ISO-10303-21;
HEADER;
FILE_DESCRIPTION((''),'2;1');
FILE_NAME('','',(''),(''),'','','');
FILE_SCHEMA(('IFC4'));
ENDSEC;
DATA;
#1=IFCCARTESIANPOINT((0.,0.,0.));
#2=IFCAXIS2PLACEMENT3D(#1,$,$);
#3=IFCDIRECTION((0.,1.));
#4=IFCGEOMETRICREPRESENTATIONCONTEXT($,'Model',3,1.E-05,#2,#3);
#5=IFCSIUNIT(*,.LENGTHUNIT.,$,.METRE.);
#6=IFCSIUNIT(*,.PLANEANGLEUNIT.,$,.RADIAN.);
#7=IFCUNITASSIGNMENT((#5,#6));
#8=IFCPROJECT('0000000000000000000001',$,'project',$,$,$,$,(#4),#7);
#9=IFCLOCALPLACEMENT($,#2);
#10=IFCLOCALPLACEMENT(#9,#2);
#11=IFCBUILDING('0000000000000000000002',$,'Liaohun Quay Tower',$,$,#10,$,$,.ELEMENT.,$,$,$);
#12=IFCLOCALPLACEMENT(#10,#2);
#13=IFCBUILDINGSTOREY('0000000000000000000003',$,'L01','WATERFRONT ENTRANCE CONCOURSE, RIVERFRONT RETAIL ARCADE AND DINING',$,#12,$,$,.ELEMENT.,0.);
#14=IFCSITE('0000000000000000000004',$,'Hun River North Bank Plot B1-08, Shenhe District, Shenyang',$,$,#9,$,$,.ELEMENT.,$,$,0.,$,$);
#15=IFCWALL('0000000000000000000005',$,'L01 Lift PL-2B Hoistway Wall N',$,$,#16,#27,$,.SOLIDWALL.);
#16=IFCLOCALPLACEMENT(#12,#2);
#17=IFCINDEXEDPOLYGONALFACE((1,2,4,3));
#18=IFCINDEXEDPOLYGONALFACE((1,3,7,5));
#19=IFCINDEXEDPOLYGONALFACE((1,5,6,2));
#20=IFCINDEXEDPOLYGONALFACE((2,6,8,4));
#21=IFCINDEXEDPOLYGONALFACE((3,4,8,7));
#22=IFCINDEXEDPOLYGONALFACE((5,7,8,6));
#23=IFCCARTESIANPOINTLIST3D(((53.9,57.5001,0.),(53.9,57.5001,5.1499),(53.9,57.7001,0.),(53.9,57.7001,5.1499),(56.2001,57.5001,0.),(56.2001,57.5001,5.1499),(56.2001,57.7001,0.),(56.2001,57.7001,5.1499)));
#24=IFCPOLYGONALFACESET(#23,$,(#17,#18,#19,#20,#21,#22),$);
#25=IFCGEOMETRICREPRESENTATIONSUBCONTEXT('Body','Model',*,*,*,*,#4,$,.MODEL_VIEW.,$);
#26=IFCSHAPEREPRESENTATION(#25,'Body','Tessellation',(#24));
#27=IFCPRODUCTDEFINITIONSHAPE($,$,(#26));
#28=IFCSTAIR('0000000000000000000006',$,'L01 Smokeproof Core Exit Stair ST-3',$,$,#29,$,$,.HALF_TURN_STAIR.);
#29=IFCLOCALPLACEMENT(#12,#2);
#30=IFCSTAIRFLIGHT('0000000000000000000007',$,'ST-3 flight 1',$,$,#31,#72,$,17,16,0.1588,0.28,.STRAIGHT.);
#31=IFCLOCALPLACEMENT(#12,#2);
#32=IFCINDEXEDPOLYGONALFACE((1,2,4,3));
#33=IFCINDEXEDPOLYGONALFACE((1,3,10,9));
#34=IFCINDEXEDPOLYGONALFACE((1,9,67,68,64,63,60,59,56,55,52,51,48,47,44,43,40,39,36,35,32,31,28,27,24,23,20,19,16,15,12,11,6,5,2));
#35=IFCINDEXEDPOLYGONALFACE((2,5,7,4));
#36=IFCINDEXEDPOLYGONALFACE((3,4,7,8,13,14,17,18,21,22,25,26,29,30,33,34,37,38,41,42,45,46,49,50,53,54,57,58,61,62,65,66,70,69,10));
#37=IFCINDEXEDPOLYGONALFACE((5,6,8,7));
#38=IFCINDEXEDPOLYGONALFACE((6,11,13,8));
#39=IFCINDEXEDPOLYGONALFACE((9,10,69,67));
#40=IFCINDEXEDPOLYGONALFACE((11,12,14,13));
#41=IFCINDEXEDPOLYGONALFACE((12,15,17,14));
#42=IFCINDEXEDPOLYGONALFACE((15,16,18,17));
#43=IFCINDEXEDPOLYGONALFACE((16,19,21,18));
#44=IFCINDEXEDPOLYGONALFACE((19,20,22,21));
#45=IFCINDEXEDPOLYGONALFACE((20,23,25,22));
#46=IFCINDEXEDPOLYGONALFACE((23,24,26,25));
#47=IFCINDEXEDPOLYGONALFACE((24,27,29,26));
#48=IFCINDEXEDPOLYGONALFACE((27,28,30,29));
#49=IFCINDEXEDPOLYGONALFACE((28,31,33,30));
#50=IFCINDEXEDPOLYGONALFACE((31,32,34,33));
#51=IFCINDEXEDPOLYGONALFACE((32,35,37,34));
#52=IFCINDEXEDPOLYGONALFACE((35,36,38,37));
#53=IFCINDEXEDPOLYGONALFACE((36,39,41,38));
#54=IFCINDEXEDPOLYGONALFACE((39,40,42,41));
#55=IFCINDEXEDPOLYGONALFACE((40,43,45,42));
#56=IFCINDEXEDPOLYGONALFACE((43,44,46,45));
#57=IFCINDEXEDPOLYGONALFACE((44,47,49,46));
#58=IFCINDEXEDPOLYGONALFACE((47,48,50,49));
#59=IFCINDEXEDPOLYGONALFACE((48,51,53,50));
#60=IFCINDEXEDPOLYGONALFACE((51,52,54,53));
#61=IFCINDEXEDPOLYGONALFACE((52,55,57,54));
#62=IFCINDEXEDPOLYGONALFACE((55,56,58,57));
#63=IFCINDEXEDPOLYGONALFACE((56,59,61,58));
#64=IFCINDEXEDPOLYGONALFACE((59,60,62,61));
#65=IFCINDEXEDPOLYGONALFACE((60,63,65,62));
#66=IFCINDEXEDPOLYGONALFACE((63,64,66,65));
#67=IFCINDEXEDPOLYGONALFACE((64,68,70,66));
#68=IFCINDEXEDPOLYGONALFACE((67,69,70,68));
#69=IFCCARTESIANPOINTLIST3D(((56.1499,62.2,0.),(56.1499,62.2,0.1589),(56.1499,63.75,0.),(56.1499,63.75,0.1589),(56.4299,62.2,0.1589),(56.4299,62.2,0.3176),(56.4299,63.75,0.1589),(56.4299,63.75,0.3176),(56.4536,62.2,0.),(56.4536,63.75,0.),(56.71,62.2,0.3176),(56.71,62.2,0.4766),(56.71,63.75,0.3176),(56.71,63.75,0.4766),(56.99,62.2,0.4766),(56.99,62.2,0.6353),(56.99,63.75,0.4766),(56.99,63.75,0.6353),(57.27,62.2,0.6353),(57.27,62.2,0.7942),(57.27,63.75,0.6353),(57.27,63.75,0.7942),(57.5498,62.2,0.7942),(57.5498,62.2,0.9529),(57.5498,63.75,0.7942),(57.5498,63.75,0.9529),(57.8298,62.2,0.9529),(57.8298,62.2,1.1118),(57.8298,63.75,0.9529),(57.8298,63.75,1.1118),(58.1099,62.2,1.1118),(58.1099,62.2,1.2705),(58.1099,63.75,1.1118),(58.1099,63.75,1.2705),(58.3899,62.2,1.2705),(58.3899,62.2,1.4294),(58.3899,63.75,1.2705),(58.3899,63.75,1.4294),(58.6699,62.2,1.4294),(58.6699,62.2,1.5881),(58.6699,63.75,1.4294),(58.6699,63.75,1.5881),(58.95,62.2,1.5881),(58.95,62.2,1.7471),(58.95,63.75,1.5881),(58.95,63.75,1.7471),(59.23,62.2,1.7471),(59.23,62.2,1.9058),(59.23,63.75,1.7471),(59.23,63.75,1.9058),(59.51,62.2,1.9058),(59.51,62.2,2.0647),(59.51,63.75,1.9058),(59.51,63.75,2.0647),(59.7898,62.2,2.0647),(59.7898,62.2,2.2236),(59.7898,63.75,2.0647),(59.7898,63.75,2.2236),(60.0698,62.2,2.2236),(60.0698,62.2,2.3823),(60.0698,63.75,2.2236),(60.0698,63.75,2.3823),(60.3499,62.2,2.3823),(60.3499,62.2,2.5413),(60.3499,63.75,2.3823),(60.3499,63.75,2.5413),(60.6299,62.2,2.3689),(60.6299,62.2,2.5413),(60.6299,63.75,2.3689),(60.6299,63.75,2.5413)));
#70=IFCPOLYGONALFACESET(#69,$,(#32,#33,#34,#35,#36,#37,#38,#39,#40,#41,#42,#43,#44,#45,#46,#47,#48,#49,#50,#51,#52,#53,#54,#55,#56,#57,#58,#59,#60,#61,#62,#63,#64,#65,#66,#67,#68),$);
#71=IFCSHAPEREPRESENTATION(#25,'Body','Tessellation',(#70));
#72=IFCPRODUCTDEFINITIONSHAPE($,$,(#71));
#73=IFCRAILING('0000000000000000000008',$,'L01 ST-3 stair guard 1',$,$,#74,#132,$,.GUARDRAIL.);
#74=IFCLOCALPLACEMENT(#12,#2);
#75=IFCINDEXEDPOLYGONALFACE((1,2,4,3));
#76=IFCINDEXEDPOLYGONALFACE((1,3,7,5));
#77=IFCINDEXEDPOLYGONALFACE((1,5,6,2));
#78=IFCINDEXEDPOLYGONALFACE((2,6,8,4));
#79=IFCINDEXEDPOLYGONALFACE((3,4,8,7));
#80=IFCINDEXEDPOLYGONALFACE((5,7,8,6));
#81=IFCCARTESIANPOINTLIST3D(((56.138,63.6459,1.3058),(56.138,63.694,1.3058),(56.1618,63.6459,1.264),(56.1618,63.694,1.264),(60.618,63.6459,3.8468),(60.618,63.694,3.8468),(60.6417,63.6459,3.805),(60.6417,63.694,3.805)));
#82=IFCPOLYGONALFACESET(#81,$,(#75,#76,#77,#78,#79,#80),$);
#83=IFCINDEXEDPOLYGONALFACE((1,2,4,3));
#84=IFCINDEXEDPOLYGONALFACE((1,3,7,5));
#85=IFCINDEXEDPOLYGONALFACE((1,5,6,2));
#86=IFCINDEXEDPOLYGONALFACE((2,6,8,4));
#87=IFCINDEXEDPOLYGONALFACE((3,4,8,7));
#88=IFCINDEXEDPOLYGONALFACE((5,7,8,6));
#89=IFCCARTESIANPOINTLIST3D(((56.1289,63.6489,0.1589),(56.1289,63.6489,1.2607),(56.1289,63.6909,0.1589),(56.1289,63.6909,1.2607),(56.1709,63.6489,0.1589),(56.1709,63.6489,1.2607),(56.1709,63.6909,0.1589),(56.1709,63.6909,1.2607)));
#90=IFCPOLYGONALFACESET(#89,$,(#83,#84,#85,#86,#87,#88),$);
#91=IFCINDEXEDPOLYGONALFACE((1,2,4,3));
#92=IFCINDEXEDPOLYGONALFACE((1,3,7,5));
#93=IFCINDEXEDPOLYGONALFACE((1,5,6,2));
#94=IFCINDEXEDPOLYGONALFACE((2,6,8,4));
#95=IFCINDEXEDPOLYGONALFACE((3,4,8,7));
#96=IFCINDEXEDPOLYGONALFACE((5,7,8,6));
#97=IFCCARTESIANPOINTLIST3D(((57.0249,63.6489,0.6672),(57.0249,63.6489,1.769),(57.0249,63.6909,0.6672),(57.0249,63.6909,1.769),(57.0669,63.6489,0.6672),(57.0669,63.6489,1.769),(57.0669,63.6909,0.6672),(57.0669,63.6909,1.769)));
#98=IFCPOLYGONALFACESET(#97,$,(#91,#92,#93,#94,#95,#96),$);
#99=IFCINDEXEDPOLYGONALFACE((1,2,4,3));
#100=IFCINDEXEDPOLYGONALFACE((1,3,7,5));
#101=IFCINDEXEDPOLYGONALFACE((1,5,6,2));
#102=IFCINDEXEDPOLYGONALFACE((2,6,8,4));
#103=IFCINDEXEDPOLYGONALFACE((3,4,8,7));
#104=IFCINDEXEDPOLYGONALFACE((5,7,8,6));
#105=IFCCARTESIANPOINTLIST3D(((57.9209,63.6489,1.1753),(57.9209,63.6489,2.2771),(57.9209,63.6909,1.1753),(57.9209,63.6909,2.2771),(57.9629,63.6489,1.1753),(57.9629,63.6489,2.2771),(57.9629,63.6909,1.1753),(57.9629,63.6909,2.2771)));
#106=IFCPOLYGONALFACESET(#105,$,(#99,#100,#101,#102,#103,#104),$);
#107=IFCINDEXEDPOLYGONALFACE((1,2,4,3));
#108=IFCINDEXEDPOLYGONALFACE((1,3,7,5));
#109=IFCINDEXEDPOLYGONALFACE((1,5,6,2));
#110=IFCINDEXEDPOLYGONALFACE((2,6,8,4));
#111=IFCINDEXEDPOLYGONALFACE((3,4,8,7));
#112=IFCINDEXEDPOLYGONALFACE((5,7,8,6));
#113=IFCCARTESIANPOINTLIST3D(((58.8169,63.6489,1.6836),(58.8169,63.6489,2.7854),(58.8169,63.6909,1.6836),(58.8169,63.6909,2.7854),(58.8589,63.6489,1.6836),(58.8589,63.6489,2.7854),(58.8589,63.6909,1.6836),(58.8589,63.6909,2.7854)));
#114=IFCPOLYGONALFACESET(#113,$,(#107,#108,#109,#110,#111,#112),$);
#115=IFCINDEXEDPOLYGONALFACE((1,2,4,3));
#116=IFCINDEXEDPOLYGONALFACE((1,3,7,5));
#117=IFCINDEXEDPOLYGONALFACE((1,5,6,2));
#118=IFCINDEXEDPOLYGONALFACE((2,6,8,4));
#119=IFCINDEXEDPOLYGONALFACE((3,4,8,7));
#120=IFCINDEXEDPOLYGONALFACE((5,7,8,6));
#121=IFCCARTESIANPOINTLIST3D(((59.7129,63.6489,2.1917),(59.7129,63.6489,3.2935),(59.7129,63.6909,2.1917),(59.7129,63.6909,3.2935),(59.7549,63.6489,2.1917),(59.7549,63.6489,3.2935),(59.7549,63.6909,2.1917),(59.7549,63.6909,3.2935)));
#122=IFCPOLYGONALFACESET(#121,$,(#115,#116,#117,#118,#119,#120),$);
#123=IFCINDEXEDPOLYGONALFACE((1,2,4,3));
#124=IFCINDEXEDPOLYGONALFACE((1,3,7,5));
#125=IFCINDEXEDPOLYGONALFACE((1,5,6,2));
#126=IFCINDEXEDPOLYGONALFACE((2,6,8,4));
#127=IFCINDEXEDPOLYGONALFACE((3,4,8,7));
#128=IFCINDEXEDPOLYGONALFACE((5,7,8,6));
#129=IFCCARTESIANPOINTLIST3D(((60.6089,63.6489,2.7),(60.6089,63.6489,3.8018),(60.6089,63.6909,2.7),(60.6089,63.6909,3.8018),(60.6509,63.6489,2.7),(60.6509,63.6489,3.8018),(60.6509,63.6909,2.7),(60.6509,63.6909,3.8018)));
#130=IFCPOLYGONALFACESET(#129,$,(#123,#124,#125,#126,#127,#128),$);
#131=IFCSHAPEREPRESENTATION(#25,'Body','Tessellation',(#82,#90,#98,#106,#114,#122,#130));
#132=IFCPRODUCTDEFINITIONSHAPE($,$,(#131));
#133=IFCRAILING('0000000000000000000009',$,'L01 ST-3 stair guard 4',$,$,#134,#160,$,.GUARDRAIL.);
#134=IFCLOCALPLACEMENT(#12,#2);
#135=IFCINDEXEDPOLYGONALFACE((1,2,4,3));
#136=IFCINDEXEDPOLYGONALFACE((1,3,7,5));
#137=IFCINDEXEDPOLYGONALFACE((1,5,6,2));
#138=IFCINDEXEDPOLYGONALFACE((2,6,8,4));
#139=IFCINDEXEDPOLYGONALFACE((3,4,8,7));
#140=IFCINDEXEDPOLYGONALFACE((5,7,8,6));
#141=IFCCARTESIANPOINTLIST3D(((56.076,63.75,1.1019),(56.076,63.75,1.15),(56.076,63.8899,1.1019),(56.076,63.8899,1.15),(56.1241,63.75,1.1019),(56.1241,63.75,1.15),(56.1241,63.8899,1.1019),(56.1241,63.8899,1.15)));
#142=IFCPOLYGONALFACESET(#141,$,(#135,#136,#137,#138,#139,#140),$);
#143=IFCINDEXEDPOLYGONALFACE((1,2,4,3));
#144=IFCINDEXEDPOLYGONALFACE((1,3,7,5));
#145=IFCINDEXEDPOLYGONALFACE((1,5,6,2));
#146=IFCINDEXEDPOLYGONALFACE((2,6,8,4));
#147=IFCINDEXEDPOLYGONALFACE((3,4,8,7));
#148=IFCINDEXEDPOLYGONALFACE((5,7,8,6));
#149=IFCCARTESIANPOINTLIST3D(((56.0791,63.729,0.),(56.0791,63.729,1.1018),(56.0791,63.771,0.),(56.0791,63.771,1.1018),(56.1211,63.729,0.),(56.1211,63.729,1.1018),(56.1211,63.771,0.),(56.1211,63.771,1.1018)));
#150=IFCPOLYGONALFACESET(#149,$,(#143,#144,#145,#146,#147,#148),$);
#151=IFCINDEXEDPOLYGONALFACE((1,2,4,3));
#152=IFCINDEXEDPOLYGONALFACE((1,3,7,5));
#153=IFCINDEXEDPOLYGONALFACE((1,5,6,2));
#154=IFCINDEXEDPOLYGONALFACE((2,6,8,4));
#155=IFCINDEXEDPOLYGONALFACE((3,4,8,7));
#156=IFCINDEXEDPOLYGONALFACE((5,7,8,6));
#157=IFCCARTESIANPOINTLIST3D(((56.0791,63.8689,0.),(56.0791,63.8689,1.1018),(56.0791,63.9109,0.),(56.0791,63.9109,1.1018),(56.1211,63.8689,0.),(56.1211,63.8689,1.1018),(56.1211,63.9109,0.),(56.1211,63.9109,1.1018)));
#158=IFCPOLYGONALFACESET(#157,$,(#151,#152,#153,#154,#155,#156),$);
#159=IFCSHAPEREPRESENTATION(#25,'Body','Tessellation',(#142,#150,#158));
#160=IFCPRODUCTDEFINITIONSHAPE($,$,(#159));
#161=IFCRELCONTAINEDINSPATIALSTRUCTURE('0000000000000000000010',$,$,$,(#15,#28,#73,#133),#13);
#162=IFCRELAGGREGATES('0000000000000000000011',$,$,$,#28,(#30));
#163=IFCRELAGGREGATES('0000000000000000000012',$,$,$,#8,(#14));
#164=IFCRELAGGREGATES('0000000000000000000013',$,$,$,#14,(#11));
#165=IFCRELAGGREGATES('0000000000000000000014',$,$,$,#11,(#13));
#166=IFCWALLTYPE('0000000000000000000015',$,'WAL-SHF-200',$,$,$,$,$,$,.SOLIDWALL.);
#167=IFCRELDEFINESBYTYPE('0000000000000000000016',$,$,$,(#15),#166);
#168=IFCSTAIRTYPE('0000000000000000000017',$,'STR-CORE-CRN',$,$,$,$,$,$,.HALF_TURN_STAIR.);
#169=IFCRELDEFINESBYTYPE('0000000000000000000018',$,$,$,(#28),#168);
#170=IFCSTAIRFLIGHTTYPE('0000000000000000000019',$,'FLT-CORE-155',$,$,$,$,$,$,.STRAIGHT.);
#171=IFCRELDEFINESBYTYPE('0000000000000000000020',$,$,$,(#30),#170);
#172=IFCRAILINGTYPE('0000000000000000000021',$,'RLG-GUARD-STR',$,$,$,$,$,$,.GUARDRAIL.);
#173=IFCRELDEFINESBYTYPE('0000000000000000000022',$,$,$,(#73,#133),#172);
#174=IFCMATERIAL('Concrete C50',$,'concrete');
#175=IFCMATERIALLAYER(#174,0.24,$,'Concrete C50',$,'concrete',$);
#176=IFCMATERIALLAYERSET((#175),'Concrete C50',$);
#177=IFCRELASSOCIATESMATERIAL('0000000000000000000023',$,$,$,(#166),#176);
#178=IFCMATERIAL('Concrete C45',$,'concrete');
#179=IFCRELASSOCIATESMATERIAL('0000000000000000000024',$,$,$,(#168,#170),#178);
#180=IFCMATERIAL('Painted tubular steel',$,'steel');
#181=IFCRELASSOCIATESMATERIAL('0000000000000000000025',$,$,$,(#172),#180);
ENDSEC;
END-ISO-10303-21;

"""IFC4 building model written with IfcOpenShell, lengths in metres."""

from ifc_helpers import new_model, si_unit, direction, frame, frame_2d, origin, origin_2d, place, context, subcontext, project, spatial, polyline, rectangle, outline, extrude, material, layer, layer_set, type_object, element, aggregate, save


model = new_model("IFC4")

# Units and contexts
model_context = context("Model", 3, precision=1e-05, world=origin(), true_north=direction((0.0, 1.0)))
body_context = subcontext(model_context, "Body", "Model", "MODEL_VIEW")
ifc_project = project(units=[si_unit("LENGTHUNIT", "METRE"), si_unit("PLANEANGLEUNIT", "RADIAN")], contexts=[model_context])

# Site, building, storey
site_placement = place(None, origin())
site = spatial("IfcSite", under=ifc_project, at=site_placement, Name="Hun River North Bank Plot B1-08, Shenhe District, Shenyang", CompositionType="ELEMENT", RefElevation=0.0)
building_placement = place(site_placement, origin())
building = spatial("IfcBuilding", under=site, at=building_placement, Name="Liaohun Quay Tower", CompositionType="ELEMENT")
storey_placement = place(building_placement, origin())
storey = spatial("IfcBuildingStorey", under=building, at=storey_placement, Name="L01", Description="WATERFRONT ENTRANCE CONCOURSE, RIVERFRONT RETAIL ARCADE AND DINING", CompositionType="ELEMENT", Elevation=0.0)

# Wall
ifc_material_1 = material(Name="Concrete C50", Category="concrete")
ifc_layer_1 = layer(ifc_material_1, 0.24, Name="Concrete C50", Category="concrete")
ifc_layer_set_1 = layer_set([ifc_layer_1], Name="Concrete C50")
wall_type_1 = type_object("IfcWallType", Name="WAL-SHF-200", PredefinedType="SOLIDWALL", material=ifc_layer_set_1)
wall_1_placement = place(storey_placement, frame((56.2, 57.6001, 0.0), z_axis=(0.0, 0.0, 1.0), x_axis=(-1.0, 0.0, 0.0)))
element("IfcWall", 1, at=wall_1_placement, inside=storey, type_object=wall_type_1, Name="L01 Lift PL-2B Hoistway Wall N", PredefinedType="SOLIDWALL", context=body_context, shape_type="SweptSolid", body=[
    extrude(rectangle(XDim=2.3, YDim=0.2, at=frame_2d((1.1499, 0.0))), origin(), (0.0, 0.0, 1.0), 5.1499),
])

# Stair, stair flight
ifc_material_2 = material(Name="Concrete C45", Category="concrete")
stair_type = type_object("IfcStairType", Name="STR-CORE-CRN", PredefinedType="HALF_TURN_STAIR", material=ifc_material_2)
stair_placement = place(storey_placement, origin())
stair = element("IfcStair", 2, at=stair_placement, inside=storey, type_object=stair_type, Name="L01 Smokeproof Core Exit Stair ST-3", PredefinedType="HALF_TURN_STAIR")
stair_flight_type = type_object("IfcStairFlightType", Name="FLT-CORE-155", PredefinedType="STRAIGHT", material=ifc_material_2)
stair_flight_placement = place(storey_placement, frame((56.1499, 62.9751, 0.0), z_axis=(0.0, 0.0, 1.0), x_axis=(1.0, 0.0, 0.0)))
stair_flight = element("IfcStairFlight", 3, at=stair_flight_placement, type_object=stair_flight_type, Name="ST-3 flight 1", NumberOfRisers=17, NumberOfTreads=16, PredefinedType="STRAIGHT", RiserHeight=0.1588, TreadLength=0.28, context=body_context, shape_type="SweptSolid", body=[
    extrude(outline(polyline([(0.0, 0.0), (0.0, 0.1589), (0.28, 0.1589), (0.28, 0.3176), (0.5601, 0.3176), (0.5601, 0.4766), (0.8401, 0.4766), (0.8401, 0.6353), (1.1201, 0.6353), (1.1201, 0.7942), (1.3999, 0.7942), (1.3999, 0.9529), (1.6799, 0.9529), (1.6799, 1.1118), (1.96, 1.1118), (1.96, 1.2705), (2.24, 1.2705), (2.24, 1.4294), (2.52, 1.4294), (2.52, 1.5881), (2.8, 1.5881), (2.8, 1.7471), (3.0801, 1.7471), (3.0801, 1.9058), (3.3601, 1.9058), (3.3601, 2.0647), (3.6399, 2.0647), (3.6399, 2.2236), (3.9199, 2.2236), (3.9199, 2.3823), (4.2, 2.3823), (4.2, 2.5413), (4.48, 2.5413), (4.48, 2.7), (4.48, 2.3689), (0.3037, 0.0), (0.0, 0.0)])), frame((0.0, 0.7749, 0.0), z_axis=(0.0, -1.0, 0.0), x_axis=(1.0, 0.0, 0.0)), (0.0, 0.0, 1.0), 1.55),
])
aggregate(stair, [stair_flight])

# Railings
ifc_material_3 = material(Name="Painted tubular steel", Category="steel")
railing_type_1 = type_object("IfcRailingType", Name="RLG-GUARD-STR", PredefinedType="GUARDRAIL", material=ifc_material_3)
railing_1_placement = place(storey_placement, frame((56.1499, 63.6699, 0.1589)))
element("IfcRailing", 4, at=railing_1_placement, inside=storey, type_object=railing_type_1, Name="L01 ST-3 stair guard 1", PredefinedType="GUARDRAIL", context=body_context, shape_type="SweptSolid", body=[
    extrude(rectangle(XDim=0.0481, YDim=0.0481, at=origin_2d()), frame((0.0, 0.0, 1.126), z_axis=(0.869826, 0.0, 0.493359), x_axis=(0.0, 1.0, 0.0)), (0.0, 0.0, 1.0), 5.1504),
    extrude(rectangle(XDim=0.042, YDim=0.042, at=origin_2d()), origin(), (0.0, 0.0, 1.0), 1.1018),
    extrude(rectangle(XDim=0.042, YDim=0.042, at=origin_2d()), frame((0.896, 0.0, 0.5083)), (0.0, 0.0, 1.0), 1.1018),
    extrude(rectangle(XDim=0.042, YDim=0.042, at=origin_2d()), frame((1.792, 0.0, 1.0164)), (0.0, 0.0, 1.0), 1.1018),
    extrude(rectangle(XDim=0.042, YDim=0.042, at=origin_2d()), frame((2.688, 0.0, 1.5247)), (0.0, 0.0, 1.0), 1.1018),
    extrude(rectangle(XDim=0.042, YDim=0.042, at=origin_2d()), frame((3.584, 0.0, 2.0327)), (0.0, 0.0, 1.0), 1.1018),
    extrude(rectangle(XDim=0.042, YDim=0.042, at=origin_2d()), frame((4.48, 0.0, 2.541)), (0.0, 0.0, 1.0), 1.1018),
])
railing_2_placement = place(storey_placement, frame((56.1001, 63.75, 0.0)))
element("IfcRailing", 5, at=railing_2_placement, inside=storey, type_object=railing_type_1, Name="L01 ST-3 stair guard 4", PredefinedType="GUARDRAIL", context=body_context, shape_type="SweptSolid", body=[
    extrude(rectangle(XDim=0.0481, YDim=0.0481, at=origin_2d()), frame((0.0, 0.0, 1.126), z_axis=(0.0, 1.0, 0.0), x_axis=(-1.0, 0.0, 0.0)), (0.0, 0.0, 1.0), 0.1399),
    extrude(rectangle(XDim=0.042, YDim=0.042, at=origin_2d()), origin(), (0.0, 0.0, 1.0), 1.1018),
    extrude(rectangle(XDim=0.042, YDim=0.042, at=origin_2d()), frame((0.0, 0.1399, 0.0)), (0.0, 0.0, 1.0), 1.1018),
])

save(model, "model.ifc")
